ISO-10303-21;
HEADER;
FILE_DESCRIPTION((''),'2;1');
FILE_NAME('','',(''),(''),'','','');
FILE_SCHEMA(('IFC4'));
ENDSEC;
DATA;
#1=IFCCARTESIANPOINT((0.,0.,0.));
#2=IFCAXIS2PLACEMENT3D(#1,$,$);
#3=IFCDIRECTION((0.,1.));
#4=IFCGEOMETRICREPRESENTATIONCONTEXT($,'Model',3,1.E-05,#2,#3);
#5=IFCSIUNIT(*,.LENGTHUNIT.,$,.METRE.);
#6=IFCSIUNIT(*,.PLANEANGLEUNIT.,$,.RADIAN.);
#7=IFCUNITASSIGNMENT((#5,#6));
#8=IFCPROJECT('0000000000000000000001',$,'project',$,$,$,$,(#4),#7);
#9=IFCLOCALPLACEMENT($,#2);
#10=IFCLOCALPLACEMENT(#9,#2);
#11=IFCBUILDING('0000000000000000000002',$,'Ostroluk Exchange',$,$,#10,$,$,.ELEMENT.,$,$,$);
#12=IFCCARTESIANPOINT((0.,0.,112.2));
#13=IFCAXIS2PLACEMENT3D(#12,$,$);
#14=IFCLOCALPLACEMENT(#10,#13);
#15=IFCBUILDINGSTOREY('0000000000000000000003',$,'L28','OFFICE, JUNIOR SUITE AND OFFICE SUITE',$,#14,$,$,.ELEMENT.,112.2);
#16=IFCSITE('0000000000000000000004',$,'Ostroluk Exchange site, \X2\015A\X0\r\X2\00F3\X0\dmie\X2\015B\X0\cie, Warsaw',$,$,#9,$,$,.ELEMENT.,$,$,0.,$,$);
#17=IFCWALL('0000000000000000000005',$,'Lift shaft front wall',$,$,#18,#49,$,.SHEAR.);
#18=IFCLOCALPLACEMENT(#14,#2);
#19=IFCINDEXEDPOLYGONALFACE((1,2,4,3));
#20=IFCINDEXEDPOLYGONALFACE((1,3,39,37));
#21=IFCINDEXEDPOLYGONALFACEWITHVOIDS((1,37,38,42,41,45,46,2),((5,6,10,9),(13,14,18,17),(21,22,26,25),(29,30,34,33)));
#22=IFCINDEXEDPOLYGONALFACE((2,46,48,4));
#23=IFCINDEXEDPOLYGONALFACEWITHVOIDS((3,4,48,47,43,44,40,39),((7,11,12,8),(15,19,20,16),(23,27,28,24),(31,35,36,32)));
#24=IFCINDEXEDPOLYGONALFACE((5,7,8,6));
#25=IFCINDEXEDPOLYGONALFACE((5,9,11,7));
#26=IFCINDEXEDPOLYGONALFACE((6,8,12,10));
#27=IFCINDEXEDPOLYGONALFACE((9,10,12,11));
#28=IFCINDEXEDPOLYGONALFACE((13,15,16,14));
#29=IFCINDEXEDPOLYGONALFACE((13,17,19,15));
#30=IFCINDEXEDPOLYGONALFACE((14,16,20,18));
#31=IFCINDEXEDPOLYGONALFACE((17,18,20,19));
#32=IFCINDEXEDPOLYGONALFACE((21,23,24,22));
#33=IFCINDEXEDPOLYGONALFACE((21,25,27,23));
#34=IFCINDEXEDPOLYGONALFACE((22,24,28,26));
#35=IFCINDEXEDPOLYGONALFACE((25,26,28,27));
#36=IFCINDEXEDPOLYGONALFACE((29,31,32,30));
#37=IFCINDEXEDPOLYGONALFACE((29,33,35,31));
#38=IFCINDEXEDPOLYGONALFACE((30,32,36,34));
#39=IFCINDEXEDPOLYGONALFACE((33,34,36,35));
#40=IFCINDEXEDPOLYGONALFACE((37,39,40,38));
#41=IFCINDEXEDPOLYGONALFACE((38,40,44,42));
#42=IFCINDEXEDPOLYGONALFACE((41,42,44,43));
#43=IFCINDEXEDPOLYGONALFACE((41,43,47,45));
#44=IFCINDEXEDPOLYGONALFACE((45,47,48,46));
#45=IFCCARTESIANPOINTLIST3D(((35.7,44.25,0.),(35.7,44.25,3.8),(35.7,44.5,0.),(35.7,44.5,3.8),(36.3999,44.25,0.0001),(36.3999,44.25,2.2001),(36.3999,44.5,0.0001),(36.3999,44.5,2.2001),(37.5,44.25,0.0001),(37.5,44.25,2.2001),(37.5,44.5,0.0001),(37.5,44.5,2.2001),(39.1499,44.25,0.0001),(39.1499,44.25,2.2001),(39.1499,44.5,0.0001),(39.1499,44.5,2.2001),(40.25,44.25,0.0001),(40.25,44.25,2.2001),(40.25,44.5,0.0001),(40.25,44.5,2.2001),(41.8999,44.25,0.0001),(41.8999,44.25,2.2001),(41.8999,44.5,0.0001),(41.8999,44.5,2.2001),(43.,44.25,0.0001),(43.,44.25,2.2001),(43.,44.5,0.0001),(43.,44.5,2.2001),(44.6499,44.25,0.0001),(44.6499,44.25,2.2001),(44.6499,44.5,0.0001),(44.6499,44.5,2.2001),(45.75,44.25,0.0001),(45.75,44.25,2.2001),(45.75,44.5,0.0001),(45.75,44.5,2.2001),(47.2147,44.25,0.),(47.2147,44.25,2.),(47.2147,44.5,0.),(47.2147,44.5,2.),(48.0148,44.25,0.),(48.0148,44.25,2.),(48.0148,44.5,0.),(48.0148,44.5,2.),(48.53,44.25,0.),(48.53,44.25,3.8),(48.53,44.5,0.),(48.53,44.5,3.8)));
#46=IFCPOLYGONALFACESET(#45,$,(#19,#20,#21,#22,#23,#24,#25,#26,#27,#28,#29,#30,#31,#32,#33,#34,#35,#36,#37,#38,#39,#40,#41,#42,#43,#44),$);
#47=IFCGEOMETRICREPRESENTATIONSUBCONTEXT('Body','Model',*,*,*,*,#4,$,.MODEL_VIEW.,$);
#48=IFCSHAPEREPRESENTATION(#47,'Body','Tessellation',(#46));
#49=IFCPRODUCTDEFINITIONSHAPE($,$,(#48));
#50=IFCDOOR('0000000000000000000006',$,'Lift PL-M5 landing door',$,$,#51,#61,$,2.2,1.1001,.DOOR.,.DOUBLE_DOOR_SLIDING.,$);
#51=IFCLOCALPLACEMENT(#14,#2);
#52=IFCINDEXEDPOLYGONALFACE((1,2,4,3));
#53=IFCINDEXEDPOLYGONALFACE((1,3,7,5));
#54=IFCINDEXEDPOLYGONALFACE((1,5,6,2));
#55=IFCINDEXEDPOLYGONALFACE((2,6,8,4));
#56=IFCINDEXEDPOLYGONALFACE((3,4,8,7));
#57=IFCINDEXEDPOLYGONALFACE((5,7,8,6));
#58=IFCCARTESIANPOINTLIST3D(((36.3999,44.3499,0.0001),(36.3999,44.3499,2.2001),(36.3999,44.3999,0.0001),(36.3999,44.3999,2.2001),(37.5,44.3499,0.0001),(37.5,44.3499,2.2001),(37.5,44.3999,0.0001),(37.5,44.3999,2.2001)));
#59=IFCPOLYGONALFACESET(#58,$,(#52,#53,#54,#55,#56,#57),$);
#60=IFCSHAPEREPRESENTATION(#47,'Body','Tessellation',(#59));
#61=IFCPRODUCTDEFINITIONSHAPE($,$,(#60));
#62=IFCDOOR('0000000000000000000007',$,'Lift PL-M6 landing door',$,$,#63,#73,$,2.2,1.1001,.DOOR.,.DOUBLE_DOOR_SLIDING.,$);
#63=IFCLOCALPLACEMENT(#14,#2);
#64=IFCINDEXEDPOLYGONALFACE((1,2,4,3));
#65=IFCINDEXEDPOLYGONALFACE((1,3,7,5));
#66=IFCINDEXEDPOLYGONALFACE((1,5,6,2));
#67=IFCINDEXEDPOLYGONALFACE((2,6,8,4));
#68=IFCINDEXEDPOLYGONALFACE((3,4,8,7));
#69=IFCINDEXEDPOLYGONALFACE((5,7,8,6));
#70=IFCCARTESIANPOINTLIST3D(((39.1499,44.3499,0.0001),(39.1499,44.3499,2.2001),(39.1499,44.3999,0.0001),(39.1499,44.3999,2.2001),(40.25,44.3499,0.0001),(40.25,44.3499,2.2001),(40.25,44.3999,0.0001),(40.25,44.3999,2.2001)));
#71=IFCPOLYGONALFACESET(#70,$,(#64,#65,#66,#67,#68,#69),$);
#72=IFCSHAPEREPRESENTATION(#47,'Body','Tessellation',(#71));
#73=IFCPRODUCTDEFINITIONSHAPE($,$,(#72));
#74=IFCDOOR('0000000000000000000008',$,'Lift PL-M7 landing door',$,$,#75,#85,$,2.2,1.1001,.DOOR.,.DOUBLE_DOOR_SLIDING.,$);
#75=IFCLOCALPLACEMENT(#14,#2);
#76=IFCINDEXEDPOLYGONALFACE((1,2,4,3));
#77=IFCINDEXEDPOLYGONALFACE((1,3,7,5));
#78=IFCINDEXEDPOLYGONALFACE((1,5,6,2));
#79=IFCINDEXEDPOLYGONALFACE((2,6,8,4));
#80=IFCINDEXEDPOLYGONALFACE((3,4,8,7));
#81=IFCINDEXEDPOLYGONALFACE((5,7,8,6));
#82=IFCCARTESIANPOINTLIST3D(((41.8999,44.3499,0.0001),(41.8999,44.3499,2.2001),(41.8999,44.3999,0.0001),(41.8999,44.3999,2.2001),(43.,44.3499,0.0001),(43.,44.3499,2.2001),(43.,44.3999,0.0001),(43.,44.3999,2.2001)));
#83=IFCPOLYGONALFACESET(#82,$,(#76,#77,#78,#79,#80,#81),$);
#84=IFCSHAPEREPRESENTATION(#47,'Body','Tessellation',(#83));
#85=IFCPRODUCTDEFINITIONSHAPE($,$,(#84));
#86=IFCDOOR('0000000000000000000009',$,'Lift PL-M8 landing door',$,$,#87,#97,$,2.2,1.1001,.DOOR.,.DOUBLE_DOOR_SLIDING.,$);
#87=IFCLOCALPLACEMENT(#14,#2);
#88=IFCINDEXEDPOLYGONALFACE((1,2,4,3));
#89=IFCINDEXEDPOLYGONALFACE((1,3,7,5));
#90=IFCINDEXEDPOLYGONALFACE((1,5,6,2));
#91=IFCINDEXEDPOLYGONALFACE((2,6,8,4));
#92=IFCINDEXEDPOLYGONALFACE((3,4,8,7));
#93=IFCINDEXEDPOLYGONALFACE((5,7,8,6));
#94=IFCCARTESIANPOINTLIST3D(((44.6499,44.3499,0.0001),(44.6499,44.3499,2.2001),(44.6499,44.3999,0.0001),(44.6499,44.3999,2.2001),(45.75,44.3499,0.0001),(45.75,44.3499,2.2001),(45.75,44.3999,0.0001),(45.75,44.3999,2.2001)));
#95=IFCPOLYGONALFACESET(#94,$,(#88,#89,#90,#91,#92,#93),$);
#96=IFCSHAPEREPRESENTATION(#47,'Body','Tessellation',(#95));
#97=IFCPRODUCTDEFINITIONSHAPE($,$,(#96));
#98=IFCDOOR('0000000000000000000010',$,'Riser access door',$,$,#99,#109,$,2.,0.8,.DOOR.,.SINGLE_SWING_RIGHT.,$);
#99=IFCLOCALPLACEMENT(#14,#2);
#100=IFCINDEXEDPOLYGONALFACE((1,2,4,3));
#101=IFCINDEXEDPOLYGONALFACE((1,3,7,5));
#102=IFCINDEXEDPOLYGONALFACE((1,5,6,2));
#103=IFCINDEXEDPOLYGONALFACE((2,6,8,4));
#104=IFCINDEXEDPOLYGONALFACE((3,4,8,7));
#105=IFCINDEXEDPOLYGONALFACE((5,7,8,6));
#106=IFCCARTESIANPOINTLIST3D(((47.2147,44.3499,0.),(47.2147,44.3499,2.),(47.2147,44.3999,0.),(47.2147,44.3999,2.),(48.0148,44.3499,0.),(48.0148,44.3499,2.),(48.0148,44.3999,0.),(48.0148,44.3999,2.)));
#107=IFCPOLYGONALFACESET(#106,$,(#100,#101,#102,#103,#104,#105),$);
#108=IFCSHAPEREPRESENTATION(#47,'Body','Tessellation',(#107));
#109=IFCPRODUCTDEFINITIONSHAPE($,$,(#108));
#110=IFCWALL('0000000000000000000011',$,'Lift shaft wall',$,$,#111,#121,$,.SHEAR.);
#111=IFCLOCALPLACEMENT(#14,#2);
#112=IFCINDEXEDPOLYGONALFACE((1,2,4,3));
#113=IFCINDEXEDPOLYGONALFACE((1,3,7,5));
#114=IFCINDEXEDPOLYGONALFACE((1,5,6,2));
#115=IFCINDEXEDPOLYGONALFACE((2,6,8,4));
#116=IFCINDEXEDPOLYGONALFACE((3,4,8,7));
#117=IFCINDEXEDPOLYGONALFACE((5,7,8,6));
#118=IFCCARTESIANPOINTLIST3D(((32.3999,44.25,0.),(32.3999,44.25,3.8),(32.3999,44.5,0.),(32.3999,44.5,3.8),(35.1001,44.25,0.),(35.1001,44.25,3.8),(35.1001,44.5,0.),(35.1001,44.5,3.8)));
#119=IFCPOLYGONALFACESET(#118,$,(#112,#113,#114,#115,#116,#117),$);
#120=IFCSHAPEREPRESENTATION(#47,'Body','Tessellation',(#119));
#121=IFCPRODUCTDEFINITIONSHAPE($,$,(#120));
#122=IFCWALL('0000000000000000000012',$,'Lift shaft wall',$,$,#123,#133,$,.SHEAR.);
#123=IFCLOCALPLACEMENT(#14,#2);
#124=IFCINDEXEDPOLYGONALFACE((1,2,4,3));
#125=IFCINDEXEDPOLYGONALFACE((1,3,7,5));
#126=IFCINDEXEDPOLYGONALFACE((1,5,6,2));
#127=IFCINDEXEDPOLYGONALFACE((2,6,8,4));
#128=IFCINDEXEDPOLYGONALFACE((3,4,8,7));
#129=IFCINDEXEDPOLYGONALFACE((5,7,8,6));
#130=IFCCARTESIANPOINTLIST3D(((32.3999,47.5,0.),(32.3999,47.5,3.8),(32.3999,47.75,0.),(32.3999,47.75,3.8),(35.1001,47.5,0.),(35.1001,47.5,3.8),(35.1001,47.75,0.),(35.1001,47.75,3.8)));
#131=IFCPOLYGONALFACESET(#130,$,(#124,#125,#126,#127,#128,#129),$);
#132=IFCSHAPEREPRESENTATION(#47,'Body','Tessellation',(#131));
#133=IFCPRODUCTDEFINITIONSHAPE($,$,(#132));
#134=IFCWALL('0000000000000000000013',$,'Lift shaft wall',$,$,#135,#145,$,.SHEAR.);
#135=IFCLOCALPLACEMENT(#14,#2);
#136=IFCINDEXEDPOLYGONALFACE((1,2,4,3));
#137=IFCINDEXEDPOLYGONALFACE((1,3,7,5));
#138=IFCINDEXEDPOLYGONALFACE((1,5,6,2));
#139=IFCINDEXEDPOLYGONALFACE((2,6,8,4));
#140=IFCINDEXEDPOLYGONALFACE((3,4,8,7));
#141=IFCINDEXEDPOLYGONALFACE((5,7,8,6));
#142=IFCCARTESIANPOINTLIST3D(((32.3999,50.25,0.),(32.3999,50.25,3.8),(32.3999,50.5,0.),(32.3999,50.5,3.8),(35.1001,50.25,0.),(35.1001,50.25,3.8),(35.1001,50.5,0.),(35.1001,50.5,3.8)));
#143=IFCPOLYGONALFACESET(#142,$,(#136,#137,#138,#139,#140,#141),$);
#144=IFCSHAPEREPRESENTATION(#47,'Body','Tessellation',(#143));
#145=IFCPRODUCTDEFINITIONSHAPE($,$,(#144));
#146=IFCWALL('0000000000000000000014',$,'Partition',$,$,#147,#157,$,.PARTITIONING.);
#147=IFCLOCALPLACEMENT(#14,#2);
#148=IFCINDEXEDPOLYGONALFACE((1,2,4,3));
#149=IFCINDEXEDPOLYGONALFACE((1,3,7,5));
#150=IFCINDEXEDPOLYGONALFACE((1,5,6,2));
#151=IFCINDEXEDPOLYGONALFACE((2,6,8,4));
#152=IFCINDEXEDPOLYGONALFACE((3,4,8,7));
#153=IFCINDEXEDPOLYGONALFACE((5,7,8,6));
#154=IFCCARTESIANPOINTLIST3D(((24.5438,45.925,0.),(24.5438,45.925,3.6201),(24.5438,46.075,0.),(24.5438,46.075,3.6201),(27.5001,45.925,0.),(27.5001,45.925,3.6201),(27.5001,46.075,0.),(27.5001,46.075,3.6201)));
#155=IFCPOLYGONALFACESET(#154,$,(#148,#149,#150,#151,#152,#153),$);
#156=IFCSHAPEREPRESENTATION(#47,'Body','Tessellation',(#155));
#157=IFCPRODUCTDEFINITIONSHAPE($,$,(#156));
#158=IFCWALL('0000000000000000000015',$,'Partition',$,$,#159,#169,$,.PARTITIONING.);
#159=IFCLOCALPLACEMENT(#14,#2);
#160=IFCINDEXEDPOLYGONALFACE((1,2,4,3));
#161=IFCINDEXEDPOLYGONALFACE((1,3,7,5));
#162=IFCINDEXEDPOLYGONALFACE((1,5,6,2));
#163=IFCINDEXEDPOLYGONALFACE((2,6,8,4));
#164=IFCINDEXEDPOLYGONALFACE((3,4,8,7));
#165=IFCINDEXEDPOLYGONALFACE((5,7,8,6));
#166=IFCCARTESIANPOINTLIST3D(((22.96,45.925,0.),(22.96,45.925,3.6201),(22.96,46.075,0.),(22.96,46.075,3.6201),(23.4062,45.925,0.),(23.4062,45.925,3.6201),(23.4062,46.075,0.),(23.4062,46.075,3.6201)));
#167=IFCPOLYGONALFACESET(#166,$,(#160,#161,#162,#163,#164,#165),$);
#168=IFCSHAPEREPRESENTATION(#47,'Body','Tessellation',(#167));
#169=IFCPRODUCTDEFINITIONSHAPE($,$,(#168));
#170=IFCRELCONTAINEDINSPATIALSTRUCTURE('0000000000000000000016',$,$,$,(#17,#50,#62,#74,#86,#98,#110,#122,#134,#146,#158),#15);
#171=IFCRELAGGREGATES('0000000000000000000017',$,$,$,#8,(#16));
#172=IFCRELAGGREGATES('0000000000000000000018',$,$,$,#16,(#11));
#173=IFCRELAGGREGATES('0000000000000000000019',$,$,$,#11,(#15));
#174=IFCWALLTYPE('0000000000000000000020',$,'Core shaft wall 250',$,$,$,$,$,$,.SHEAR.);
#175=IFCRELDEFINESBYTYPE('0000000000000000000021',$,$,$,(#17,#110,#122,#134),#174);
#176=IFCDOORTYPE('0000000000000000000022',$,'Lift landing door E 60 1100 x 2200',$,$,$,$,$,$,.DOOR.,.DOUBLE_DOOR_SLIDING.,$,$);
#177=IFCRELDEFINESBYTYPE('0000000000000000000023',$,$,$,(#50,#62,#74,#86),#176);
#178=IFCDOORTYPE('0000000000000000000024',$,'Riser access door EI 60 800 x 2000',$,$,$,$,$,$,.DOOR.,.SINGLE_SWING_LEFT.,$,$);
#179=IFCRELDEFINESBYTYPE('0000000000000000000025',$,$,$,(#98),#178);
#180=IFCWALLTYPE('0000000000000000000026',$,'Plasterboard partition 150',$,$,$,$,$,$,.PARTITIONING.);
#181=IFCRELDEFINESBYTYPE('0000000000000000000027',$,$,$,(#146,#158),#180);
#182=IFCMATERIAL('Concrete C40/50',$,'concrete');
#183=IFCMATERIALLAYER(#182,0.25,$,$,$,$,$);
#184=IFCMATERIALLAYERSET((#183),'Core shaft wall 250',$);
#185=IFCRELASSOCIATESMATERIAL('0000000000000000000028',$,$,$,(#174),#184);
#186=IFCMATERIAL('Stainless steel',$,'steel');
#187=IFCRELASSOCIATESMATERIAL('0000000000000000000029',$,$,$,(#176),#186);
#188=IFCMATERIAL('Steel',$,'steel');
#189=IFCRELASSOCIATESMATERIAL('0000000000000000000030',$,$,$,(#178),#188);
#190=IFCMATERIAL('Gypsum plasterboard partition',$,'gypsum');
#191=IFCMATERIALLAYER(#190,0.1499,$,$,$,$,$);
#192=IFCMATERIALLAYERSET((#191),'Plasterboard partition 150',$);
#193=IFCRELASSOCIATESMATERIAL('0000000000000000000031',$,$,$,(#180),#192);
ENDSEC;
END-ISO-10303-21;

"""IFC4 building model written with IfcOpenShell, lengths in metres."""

from ifc_helpers import new_model, si_unit, direction, frame, frame_2d, origin, place, context, subcontext, project, spatial, rectangle, extrude, material, layer, layer_set, type_object, element, fill, save


model = new_model("IFC4")

# Units and contexts
model_context = context("Model", 3, precision=1e-05, world=origin(), true_north=direction((0.0, 1.0)))
body_context = subcontext(model_context, "Body", "Model", "MODEL_VIEW")
ifc_project = project(units=[si_unit("LENGTHUNIT", "METRE"), si_unit("PLANEANGLEUNIT", "RADIAN")], contexts=[model_context])

# Site, building, storey
site_placement = place(None, origin())
site = spatial("IfcSite", under=ifc_project, at=site_placement, Name="Ostroluk Exchange site, Śródmieście, Warsaw", CompositionType="ELEMENT", RefElevation=0.0)
building_placement = place(site_placement, origin())
building = spatial("IfcBuilding", under=site, at=building_placement, Name="Ostroluk Exchange", CompositionType="ELEMENT")
storey_placement = place(building_placement, frame((0.0, 0.0, 112.2)))
storey = spatial("IfcBuildingStorey", under=building, at=storey_placement, Name="L28", Description="OFFICE, JUNIOR SUITE AND OFFICE SUITE", CompositionType="ELEMENT", Elevation=112.2)

# Shared definitions
ifc_material_1 = material(Name="Concrete C40/50", Category="concrete")
ifc_layer_1 = layer(ifc_material_1, 0.25)
ifc_layer_set_1 = layer_set([ifc_layer_1], Name="Core shaft wall 250")
wall_type_1 = type_object("IfcWallType", Name="Core shaft wall 250", PredefinedType="SHEAR", material=ifc_layer_set_1)

# Wall, openings, doors
ifc_material_2 = material(Name="Stainless steel", Category="steel")
door_type_1 = type_object("IfcDoorType", Name="Lift landing door E 60 1100 x 2200", OperationType="DOUBLE_DOOR_SLIDING", PredefinedType="DOOR", material=ifc_material_2)
ifc_material_3 = material(Name="Steel", Category="steel")
door_type_2 = type_object("IfcDoorType", Name="Riser access door EI 60 800 x 2000", OperationType="SINGLE_SWING_LEFT", PredefinedType="DOOR", material=ifc_material_3)
wall_1_placement = place(storey_placement, frame((35.7, 44.375, 0.0), z_axis=(0.0, 0.0, 1.0), x_axis=(1.0, 0.0, 0.0)))
wall_1 = element("IfcWall", 1, at=wall_1_placement, inside=storey, type_object=wall_type_1, Name="Lift shaft front wall", PredefinedType="SHEAR", context=body_context, shape_type="SweptSolid", body=[
    extrude(rectangle(XDim=12.8301, YDim=0.25, at=frame_2d((6.415, 0.0))), origin(), (0.0, 0.0, 1.0), 3.8),
])
opening_1_placement = place(wall_1_placement, frame((0.7, 0.0, 0.0)))
opening_1 = element("IfcOpeningElement", 2, at=opening_1_placement, cuts=wall_1, PredefinedType="OPENING", context=body_context, shape_type="SweptSolid", body=[
    extrude(rectangle(XDim=1.1001, YDim=2.2, at=frame_2d((0.55, 1.1001))), frame((0.0, 0.135, 0.0), z_axis=(0.0, -1.0, 0.0), x_axis=(1.0, 0.0, 0.0)), (0.0, 0.0, 1.0), 0.27),
])
opening_2_placement = place(wall_1_placement, frame((3.45, 0.0, 0.0)))
opening_2 = element("IfcOpeningElement", 3, at=opening_2_placement, cuts=wall_1, PredefinedType="OPENING", context=body_context, shape_type="SweptSolid", body=[
    extrude(rectangle(XDim=1.1001, YDim=2.2, at=frame_2d((0.55, 1.1001))), frame((0.0, 0.135, 0.0), z_axis=(0.0, -1.0, 0.0), x_axis=(1.0, 0.0, 0.0)), (0.0, 0.0, 1.0), 0.27),
])
opening_3_placement = place(wall_1_placement, frame((6.2, 0.0, 0.0)))
opening_3 = element("IfcOpeningElement", 4, at=opening_3_placement, cuts=wall_1, PredefinedType="OPENING", context=body_context, shape_type="SweptSolid", body=[
    extrude(rectangle(XDim=1.1001, YDim=2.2, at=frame_2d((0.55, 1.1001))), frame((0.0, 0.135, 0.0), z_axis=(0.0, -1.0, 0.0), x_axis=(1.0, 0.0, 0.0)), (0.0, 0.0, 1.0), 0.27),
])
opening_4_placement = place(wall_1_placement, frame((8.95, 0.0, 0.0)))
opening_4 = element("IfcOpeningElement", 5, at=opening_4_placement, cuts=wall_1, PredefinedType="OPENING", context=body_context, shape_type="SweptSolid", body=[
    extrude(rectangle(XDim=1.1001, YDim=2.2, at=frame_2d((0.55, 1.1001))), frame((0.0, 0.135, 0.0), z_axis=(0.0, -1.0, 0.0), x_axis=(1.0, 0.0, 0.0)), (0.0, 0.0, 1.0), 0.27),
])
opening_5_placement = place(wall_1_placement, frame((11.5149, 0.0, 0.0)))
opening_5 = element("IfcOpeningElement", 6, at=opening_5_placement, cuts=wall_1, PredefinedType="OPENING", context=body_context, shape_type="SweptSolid", body=[
    extrude(rectangle(XDim=0.8, YDim=2.0, at=frame_2d((0.3999, 1.0))), frame((0.0, 0.135, 0.0), z_axis=(0.0, -1.0, 0.0), x_axis=(1.0, 0.0, 0.0)), (0.0, 0.0, 1.0), 0.27),
])
door_1_placement = place(opening_1_placement, origin())
door_1 = element("IfcDoor", 7, at=door_1_placement, inside=storey, type_object=door_type_1, Name="Lift PL-M5 landing door", OperationType="DOUBLE_DOOR_SLIDING", OverallHeight=2.2, OverallWidth=1.1001, PredefinedType="DOOR", context=body_context, shape_type="SweptSolid", body=[
    extrude(rectangle(XDim=1.1001, YDim=2.2, at=frame_2d((0.55, 1.1001))), frame((0.0, 0.0249, 0.0), z_axis=(0.0, -1.0, 0.0), x_axis=(1.0, 0.0, 0.0)), (0.0, 0.0, 1.0), 0.05),
])
fill(opening_1, door_1)
door_2_placement = place(opening_2_placement, origin())
door_2 = element("IfcDoor", 8, at=door_2_placement, inside=storey, type_object=door_type_1, Name="Lift PL-M6 landing door", OperationType="DOUBLE_DOOR_SLIDING", OverallHeight=2.2, OverallWidth=1.1001, PredefinedType="DOOR", context=body_context, shape_type="SweptSolid", body=[
    extrude(rectangle(XDim=1.1001, YDim=2.2, at=frame_2d((0.55, 1.1001))), frame((0.0, 0.0249, 0.0), z_axis=(0.0, -1.0, 0.0), x_axis=(1.0, 0.0, 0.0)), (0.0, 0.0, 1.0), 0.05),
])
fill(opening_2, door_2)
door_3_placement = place(opening_3_placement, origin())
door_3 = element("IfcDoor", 9, at=door_3_placement, inside=storey, type_object=door_type_1, Name="Lift PL-M7 landing door", OperationType="DOUBLE_DOOR_SLIDING", OverallHeight=2.2, OverallWidth=1.1001, PredefinedType="DOOR", context=body_context, shape_type="SweptSolid", body=[
    extrude(rectangle(XDim=1.1001, YDim=2.2, at=frame_2d((0.55, 1.1001))), frame((0.0, 0.0249, 0.0), z_axis=(0.0, -1.0, 0.0), x_axis=(1.0, 0.0, 0.0)), (0.0, 0.0, 1.0), 0.05),
])
fill(opening_3, door_3)
door_4_placement = place(opening_4_placement, origin())
door_4 = element("IfcDoor", 10, at=door_4_placement, inside=storey, type_object=door_type_1, Name="Lift PL-M8 landing door", OperationType="DOUBLE_DOOR_SLIDING", OverallHeight=2.2, OverallWidth=1.1001, PredefinedType="DOOR", context=body_context, shape_type="SweptSolid", body=[
    extrude(rectangle(XDim=1.1001, YDim=2.2, at=frame_2d((0.55, 1.1001))), frame((0.0, 0.0249, 0.0), z_axis=(0.0, -1.0, 0.0), x_axis=(1.0, 0.0, 0.0)), (0.0, 0.0, 1.0), 0.05),
])
fill(opening_4, door_4)
door_5_placement = place(opening_5_placement, origin())
door_5 = element("IfcDoor", 11, at=door_5_placement, inside=storey, type_object=door_type_2, Name="Riser access door", OperationType="SINGLE_SWING_RIGHT", OverallHeight=2.0, OverallWidth=0.8, PredefinedType="DOOR", context=body_context, shape_type="SweptSolid", body=[
    extrude(rectangle(XDim=0.8, YDim=2.0, at=frame_2d((0.3999, 1.0))), frame((0.0, 0.0249, 0.0), z_axis=(0.0, -1.0, 0.0), x_axis=(1.0, 0.0, 0.0)), (0.0, 0.0, 1.0), 0.05),
])
fill(opening_5, door_5)

# Walls
for number, where, z_axis, x_axis, name in (
    (12, (32.3999, 44.375, 0.0), (0.0, 0.0, 1.0), (1.0, 0.0, 0.0), "Lift shaft wall"),
    (13, (32.3999, 47.625, 0.0), (0.0, 0.0, 1.0), (1.0, 0.0, 0.0), "Lift shaft wall"),
    (14, (32.3999, 50.375, 0.0), (0.0, 0.0, 1.0), (1.0, 0.0, 0.0), "Lift shaft wall"),
):
    element("IfcWall", number, at=place(storey_placement, frame(where, z_axis=z_axis, x_axis=x_axis)), inside=storey, type_object=wall_type_1, Name=name, PredefinedType="SHEAR", context=body_context, shape_type="SweptSolid", body=[
        extrude(rectangle(XDim=2.7002, YDim=0.25, at=frame_2d((1.3501, 0.0))), origin(), (0.0, 0.0, 1.0), 3.8),
    ])
ifc_material_4 = material(Name="Gypsum plasterboard partition", Category="gypsum")
ifc_layer_2 = layer(ifc_material_4, 0.1499)
ifc_layer_set_2 = layer_set([ifc_layer_2], Name="Plasterboard partition 150")
wall_type_2 = type_object("IfcWallType", Name="Plasterboard partition 150", PredefinedType="PARTITIONING", material=ifc_layer_set_2)
wall_2_placement = place(storey_placement, frame((27.5, 46.0, 0.0), z_axis=(0.0, 0.0, 1.0), x_axis=(-1.0, 0.0, 0.0)))
element("IfcWall", 15, at=wall_2_placement, inside=storey, type_object=wall_type_2, Name="Partition", PredefinedType="PARTITIONING", context=body_context, shape_type="SweptSolid", body=[
    extrude(rectangle(XDim=2.9563, YDim=0.1499, at=frame_2d((1.478, 0.0))), origin(), (0.0, 0.0, 1.0), 3.6201),
])
wall_3_placement = place(storey_placement, frame((23.4062, 46.0, 0.0), z_axis=(0.0, 0.0, 1.0), x_axis=(-1.0, 0.0, 0.0)))
element("IfcWall", 16, at=wall_3_placement, inside=storey, type_object=wall_type_2, Name="Partition", PredefinedType="PARTITIONING", context=body_context, shape_type="SweptSolid", body=[
    extrude(rectangle(XDim=0.4463, YDim=0.1499, at=frame_2d((0.2231, 0.0))), origin(), (0.0, 0.0, 1.0), 3.6201),
])

save(model, "model.ifc")
